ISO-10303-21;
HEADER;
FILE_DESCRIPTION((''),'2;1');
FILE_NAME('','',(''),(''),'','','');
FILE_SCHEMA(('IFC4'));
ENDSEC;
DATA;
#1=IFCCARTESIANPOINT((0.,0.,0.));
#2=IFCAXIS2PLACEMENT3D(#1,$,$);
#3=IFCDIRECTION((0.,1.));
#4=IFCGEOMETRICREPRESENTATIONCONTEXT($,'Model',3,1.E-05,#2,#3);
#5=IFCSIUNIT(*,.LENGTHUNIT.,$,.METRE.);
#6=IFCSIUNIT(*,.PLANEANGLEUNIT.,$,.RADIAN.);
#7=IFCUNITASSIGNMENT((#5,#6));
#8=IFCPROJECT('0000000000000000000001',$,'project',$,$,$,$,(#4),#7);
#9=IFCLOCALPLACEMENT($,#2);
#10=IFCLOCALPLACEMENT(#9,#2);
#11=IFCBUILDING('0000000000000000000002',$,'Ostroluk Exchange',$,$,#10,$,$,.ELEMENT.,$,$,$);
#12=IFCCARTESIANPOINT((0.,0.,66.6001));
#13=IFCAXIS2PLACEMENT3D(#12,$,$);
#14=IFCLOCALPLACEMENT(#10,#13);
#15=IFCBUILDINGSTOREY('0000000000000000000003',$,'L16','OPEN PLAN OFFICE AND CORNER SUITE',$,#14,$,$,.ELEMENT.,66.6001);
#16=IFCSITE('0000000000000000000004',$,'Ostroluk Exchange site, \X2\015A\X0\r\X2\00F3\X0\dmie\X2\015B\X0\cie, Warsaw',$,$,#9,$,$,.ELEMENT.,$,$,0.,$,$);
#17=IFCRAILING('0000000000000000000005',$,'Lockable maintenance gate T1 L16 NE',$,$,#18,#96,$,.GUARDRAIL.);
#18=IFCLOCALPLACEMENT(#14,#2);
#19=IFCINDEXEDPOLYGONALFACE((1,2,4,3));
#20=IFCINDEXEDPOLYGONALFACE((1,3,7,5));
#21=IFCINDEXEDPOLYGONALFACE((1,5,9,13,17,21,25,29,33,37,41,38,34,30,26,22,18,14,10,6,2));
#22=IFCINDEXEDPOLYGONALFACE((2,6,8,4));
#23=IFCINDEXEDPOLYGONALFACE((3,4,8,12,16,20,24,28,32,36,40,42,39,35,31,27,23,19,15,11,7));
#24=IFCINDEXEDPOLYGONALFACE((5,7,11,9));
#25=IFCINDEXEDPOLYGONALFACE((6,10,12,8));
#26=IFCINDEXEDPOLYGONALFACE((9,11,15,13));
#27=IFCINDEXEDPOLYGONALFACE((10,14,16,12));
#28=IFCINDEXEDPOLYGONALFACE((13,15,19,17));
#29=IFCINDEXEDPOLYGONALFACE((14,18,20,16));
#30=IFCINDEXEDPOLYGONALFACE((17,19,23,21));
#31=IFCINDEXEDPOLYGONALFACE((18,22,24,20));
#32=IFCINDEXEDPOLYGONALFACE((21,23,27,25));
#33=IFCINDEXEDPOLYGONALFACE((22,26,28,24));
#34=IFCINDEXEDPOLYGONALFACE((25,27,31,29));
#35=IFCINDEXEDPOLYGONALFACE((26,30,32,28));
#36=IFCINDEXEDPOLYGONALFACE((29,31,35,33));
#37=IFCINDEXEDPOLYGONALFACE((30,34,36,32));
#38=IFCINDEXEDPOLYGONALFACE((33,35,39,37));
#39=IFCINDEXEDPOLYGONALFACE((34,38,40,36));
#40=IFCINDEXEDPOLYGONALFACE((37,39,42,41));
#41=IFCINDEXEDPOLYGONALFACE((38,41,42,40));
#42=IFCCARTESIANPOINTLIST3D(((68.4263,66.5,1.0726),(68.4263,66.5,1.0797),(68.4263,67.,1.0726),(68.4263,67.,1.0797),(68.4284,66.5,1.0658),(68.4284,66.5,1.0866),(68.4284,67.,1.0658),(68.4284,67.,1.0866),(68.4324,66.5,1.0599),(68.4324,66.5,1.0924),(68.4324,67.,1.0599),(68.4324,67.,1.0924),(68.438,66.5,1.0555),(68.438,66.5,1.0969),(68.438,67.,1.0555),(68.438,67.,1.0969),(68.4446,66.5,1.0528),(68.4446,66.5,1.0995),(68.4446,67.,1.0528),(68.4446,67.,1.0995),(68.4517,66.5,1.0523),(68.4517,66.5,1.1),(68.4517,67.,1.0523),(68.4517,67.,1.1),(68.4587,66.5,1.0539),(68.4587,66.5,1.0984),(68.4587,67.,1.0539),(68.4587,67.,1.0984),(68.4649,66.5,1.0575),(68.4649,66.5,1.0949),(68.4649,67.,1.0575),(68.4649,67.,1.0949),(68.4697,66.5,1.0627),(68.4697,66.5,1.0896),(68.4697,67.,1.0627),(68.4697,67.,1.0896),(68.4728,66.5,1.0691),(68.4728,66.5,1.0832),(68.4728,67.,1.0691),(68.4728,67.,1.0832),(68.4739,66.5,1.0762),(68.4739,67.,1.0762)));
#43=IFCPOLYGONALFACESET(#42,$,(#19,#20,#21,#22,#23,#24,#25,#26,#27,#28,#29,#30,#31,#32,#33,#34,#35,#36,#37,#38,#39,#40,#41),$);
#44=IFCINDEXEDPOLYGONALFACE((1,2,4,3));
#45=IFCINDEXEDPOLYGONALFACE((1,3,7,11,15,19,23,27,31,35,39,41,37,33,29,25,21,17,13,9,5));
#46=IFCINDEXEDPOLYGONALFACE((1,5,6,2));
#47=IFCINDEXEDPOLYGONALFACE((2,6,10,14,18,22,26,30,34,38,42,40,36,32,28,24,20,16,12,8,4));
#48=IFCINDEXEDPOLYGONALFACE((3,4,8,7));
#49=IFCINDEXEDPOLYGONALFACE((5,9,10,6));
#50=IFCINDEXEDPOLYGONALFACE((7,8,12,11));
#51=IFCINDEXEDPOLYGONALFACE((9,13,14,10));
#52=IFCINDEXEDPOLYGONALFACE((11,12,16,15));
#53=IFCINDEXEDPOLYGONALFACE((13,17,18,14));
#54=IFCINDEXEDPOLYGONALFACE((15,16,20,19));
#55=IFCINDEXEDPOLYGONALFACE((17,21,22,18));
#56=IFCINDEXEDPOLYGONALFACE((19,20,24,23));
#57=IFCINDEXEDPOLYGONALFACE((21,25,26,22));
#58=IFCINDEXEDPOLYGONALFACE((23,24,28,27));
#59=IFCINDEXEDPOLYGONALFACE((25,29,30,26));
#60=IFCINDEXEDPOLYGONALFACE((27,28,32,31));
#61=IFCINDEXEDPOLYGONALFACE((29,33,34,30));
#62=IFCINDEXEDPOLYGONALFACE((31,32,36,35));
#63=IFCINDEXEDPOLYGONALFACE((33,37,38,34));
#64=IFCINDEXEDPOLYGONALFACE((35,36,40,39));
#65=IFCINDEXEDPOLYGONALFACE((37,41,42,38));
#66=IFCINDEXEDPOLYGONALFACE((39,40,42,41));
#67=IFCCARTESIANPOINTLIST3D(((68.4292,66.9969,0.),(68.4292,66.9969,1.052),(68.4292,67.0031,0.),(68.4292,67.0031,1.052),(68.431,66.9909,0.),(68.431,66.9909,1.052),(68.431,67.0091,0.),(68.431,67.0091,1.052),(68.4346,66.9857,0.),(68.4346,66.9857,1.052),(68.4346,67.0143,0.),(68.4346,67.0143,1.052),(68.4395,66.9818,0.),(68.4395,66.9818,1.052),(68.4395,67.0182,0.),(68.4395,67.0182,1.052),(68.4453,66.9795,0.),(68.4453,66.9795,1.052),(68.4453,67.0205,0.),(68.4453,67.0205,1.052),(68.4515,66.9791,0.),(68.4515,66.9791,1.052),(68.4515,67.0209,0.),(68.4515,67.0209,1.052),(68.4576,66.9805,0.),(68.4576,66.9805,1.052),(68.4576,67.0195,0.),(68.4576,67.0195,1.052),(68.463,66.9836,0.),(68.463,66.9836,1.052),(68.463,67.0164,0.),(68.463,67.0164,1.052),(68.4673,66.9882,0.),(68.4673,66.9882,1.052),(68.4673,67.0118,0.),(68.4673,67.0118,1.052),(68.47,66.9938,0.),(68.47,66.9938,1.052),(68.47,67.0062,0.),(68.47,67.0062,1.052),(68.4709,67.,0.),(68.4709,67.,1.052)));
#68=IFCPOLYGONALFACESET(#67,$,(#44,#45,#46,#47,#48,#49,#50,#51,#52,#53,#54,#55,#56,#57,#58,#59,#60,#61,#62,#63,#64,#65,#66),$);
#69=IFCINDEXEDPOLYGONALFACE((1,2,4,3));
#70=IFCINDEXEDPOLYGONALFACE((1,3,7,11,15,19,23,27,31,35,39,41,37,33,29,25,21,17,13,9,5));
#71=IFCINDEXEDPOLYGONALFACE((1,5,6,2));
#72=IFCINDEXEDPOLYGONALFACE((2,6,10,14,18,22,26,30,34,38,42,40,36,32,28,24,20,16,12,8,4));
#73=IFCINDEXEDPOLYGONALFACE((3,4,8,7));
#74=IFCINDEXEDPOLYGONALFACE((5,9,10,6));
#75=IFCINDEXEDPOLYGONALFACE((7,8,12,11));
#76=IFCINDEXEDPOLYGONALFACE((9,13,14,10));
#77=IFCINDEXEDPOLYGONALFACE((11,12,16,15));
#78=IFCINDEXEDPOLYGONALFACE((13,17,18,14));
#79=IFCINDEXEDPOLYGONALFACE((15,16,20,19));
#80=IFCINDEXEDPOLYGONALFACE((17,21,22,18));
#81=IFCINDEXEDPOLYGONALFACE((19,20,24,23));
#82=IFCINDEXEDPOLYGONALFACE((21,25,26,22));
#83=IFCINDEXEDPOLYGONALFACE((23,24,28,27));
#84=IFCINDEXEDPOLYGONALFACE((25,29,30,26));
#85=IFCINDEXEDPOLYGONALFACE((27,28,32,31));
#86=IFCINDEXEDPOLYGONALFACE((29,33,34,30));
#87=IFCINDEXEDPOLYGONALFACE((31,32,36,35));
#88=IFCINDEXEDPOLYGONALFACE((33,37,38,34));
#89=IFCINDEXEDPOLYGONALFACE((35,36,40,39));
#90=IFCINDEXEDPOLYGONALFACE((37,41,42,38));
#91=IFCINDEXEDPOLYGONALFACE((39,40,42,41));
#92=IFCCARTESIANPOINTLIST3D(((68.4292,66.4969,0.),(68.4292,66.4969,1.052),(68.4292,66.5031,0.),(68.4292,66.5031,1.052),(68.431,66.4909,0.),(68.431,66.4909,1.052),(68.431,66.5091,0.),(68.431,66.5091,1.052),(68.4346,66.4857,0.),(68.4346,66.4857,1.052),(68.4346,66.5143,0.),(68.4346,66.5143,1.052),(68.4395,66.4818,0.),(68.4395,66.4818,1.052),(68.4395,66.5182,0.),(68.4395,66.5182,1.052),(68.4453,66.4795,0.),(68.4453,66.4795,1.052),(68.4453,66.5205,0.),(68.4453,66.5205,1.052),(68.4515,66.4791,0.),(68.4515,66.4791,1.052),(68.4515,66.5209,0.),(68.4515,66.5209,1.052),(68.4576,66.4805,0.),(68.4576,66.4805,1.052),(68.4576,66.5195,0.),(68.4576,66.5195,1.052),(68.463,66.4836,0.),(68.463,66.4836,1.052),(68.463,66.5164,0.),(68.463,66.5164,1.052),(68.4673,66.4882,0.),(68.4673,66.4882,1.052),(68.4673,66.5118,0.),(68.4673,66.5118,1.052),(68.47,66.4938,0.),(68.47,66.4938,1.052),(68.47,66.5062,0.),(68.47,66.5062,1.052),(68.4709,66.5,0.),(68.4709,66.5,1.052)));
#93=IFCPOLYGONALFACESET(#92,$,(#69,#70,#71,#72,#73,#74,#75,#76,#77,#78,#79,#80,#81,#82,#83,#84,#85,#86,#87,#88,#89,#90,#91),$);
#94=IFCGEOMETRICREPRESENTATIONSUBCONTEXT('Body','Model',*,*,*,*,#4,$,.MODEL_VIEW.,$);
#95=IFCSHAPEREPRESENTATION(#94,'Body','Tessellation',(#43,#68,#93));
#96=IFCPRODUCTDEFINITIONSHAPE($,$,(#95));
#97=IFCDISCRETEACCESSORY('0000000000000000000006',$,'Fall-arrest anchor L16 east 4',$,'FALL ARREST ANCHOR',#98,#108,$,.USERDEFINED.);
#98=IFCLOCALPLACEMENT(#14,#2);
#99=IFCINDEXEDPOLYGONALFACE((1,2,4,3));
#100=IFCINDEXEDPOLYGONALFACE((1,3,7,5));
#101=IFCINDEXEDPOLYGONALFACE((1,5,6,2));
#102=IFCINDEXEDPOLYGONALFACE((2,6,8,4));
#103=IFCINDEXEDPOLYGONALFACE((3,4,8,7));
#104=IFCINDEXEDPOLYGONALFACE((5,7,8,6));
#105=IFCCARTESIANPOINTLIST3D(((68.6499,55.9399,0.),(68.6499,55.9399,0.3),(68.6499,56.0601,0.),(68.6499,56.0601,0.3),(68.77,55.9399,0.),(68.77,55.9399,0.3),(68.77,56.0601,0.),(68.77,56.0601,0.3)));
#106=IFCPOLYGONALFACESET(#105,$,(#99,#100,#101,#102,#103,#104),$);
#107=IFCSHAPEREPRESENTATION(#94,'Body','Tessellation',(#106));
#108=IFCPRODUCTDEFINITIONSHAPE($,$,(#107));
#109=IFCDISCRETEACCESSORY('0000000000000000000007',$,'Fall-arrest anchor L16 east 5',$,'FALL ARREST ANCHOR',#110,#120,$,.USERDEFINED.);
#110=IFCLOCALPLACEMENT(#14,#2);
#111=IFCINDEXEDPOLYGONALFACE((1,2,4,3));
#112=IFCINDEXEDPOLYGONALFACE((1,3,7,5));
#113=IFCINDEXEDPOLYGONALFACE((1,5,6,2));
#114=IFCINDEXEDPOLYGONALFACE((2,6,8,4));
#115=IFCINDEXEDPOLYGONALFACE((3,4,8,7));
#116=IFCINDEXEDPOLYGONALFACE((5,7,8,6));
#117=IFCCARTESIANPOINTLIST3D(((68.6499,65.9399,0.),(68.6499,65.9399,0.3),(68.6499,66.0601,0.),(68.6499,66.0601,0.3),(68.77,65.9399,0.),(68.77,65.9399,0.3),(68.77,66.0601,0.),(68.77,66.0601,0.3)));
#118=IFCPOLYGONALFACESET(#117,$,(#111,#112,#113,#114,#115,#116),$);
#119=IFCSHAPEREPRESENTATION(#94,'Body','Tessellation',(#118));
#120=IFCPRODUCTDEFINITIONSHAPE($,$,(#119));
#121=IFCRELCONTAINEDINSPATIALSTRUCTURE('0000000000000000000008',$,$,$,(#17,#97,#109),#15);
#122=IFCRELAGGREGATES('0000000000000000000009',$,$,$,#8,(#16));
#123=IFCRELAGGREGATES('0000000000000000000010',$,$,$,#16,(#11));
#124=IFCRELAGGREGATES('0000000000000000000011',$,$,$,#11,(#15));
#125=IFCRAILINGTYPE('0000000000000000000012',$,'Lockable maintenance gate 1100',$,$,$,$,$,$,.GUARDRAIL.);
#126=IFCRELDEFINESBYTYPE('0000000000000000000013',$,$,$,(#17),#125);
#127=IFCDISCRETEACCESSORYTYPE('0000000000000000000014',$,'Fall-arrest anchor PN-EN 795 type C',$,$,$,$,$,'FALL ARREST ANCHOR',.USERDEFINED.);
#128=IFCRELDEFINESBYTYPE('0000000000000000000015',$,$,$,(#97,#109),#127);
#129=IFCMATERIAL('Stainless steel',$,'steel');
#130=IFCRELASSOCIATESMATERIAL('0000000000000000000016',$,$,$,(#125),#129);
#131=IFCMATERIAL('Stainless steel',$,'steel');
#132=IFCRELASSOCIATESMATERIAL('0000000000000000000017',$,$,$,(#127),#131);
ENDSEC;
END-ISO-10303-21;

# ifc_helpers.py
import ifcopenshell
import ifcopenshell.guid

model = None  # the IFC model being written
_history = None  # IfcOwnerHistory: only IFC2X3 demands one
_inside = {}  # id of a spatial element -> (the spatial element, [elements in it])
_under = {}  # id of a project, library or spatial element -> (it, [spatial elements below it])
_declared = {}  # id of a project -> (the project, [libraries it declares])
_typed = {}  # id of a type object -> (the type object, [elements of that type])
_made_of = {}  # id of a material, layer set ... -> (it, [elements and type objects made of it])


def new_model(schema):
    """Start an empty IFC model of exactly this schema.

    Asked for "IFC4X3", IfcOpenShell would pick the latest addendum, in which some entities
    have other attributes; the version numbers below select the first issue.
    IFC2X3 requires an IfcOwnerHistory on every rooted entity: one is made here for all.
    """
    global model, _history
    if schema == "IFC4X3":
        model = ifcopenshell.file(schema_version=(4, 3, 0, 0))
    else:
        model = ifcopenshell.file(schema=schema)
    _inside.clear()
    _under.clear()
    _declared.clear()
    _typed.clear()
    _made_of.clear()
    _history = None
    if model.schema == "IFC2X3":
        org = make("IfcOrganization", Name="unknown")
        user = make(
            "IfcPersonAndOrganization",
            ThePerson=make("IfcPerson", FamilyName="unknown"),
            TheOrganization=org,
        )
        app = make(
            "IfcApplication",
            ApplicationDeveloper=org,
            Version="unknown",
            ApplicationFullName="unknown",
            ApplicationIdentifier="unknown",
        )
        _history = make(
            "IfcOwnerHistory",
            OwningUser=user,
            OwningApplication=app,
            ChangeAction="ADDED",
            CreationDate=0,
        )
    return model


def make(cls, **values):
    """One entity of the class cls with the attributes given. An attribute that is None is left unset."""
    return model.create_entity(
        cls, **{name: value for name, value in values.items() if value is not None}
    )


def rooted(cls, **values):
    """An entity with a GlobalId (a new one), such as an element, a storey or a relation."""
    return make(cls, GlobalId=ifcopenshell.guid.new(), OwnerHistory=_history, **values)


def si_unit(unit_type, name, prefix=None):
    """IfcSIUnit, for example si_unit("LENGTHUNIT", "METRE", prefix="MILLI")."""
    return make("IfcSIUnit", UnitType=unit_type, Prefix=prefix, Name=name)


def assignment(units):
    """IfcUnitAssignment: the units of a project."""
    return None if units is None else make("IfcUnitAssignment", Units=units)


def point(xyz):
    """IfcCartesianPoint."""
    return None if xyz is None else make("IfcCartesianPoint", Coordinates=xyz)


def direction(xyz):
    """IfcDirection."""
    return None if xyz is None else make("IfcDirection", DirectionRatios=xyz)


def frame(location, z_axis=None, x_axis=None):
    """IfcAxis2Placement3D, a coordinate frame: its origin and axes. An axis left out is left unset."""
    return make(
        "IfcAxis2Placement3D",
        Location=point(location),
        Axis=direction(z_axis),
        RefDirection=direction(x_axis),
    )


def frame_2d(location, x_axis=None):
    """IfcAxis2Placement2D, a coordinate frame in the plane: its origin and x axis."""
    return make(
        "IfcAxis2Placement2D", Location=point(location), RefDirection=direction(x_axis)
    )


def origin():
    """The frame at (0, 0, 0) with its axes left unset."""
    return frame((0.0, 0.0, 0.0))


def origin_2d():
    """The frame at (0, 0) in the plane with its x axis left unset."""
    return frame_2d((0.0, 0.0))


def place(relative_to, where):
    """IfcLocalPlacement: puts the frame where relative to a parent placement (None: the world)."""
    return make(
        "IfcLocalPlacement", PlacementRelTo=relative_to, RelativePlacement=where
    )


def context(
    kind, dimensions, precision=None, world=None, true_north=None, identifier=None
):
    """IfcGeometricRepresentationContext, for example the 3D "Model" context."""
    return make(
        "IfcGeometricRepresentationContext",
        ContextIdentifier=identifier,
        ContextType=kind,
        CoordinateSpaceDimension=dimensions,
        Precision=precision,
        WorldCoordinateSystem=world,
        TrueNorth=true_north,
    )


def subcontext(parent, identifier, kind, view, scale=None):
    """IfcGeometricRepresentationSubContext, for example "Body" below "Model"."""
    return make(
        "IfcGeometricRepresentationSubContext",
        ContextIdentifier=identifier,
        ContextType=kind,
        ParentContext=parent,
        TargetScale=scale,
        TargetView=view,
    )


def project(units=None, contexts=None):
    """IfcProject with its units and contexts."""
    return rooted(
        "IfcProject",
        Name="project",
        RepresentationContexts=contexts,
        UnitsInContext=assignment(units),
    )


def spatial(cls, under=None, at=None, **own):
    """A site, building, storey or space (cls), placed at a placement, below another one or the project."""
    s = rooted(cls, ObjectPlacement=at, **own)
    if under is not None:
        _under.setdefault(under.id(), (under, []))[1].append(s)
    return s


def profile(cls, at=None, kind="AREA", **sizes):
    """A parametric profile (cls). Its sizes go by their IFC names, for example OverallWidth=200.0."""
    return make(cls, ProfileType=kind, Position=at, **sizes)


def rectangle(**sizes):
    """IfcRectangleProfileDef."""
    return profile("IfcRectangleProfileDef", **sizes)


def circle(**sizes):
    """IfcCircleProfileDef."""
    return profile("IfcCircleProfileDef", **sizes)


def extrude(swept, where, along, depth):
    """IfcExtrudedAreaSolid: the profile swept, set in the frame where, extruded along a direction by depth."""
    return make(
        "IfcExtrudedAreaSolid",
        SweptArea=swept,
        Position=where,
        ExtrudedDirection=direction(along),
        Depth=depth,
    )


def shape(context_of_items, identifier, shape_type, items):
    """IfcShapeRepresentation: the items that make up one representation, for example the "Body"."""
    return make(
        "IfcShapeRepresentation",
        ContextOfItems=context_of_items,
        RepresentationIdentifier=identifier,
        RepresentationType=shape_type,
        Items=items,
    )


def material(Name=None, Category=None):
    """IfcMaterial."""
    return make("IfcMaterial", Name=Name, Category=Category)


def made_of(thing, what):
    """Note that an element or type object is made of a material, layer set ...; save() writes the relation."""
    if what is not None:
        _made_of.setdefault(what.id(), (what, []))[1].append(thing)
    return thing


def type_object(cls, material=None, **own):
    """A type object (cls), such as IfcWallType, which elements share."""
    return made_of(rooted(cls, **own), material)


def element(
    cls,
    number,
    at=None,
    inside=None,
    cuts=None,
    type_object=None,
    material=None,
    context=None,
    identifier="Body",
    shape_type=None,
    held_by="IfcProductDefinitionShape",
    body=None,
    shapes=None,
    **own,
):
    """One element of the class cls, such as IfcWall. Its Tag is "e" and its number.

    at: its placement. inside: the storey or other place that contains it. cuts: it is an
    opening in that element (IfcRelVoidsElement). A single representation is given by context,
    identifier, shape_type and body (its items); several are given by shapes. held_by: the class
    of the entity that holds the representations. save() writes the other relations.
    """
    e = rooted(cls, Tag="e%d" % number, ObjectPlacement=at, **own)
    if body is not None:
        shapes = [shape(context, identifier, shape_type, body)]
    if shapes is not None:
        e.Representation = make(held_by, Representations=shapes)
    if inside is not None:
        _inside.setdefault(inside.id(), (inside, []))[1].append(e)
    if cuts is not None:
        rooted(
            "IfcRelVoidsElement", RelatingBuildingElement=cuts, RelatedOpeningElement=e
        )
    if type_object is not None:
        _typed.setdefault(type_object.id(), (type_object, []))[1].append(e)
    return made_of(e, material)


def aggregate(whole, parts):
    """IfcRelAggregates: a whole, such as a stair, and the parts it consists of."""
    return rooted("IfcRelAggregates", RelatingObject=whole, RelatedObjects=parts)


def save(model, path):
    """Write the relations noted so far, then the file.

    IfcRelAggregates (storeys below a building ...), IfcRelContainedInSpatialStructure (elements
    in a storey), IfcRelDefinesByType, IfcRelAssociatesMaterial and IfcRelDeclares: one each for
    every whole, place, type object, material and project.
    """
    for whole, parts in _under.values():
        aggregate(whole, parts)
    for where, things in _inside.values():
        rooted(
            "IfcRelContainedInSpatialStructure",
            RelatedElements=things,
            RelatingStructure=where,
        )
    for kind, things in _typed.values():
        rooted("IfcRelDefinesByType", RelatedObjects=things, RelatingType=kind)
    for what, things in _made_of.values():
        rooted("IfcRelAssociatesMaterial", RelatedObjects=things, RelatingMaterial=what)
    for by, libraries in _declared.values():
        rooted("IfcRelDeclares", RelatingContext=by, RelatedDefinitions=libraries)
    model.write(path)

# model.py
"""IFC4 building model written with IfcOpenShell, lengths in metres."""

from ifc_helpers import new_model, si_unit, direction, frame, origin, origin_2d, place, context, subcontext, project, spatial, rectangle, circle, extrude, material, type_object, element, save


model = new_model("IFC4")

# Units and contexts
model_context = context("Model", 3, precision=1e-05, world=origin(), true_north=direction((0.0, 1.0)))
body_context = subcontext(model_context, "Body", "Model", "MODEL_VIEW")
ifc_project = project(units=[si_unit("LENGTHUNIT", "METRE"), si_unit("PLANEANGLEUNIT", "RADIAN")], contexts=[model_context])

# Site, building, storey
site_placement = place(None, origin())
site = spatial("IfcSite", under=ifc_project, at=site_placement, Name="Ostroluk Exchange site, Śródmieście, Warsaw", CompositionType="ELEMENT", RefElevation=0.0)
building_placement = place(site_placement, origin())
building = spatial("IfcBuilding", under=site, at=building_placement, Name="Ostroluk Exchange", CompositionType="ELEMENT")
storey_placement = place(building_placement, frame((0.0, 0.0, 66.6001)))
storey = spatial("IfcBuildingStorey", under=building, at=storey_placement, Name="L16", Description="OPEN PLAN OFFICE AND CORNER SUITE", CompositionType="ELEMENT", Elevation=66.6001)

# Railing
ifc_material_1 = material(Name="Stainless steel", Category="steel")
railing_type = type_object("IfcRailingType", Name="Lockable maintenance gate 1100", PredefinedType="GUARDRAIL", material=ifc_material_1)
railing_placement = place(storey_placement, frame((68.45, 67.0, 0.0)))
element("IfcRailing", 1, at=railing_placement, inside=storey, type_object=railing_type, Name="Lockable maintenance gate T1 L16 NE", PredefinedType="GUARDRAIL", context=body_context, shape_type="SweptSolid", body=[
    extrude(circle(Radius=0.0239, at=origin_2d()), frame((0.0, 0.0, 1.0762), z_axis=(0.0, -1.0, 0.0), x_axis=(1.0, 0.0, 0.0)), (0.0, 0.0, 1.0), 0.5),
    extrude(circle(Radius=0.021, at=origin_2d()), origin(), (0.0, 0.0, 1.0), 1.052),
    extrude(circle(Radius=0.021, at=origin_2d()), frame((0.0, -0.5, 0.0)), (0.0, 0.0, 1.0), 1.052),
])

# Discrete accessories
ifc_material_2 = material(Name="Stainless steel", Category="steel")
discrete_accessory_type = type_object("IfcDiscreteAccessoryType", Name="Fall-arrest anchor PN-EN 795 type C", ElementType="FALL ARREST ANCHOR", PredefinedType="USERDEFINED", material=ifc_material_2)
for number, where, z_axis, x_axis, name in (
    (2, (68.71, 56.0, 0.0), (0.0, 0.0, 1.0), (1.0, 0.0, 0.0), "Fall-arrest anchor L16 east 4"),
    (3, (68.71, 66.0, 0.0), (0.0, 0.0, 1.0), (1.0, 0.0, 0.0), "Fall-arrest anchor L16 east 5"),
):
    element("IfcDiscreteAccessory", number, at=place(storey_placement, frame(where, z_axis=z_axis, x_axis=x_axis)), inside=storey, type_object=discrete_accessory_type, Name=name, ObjectType="FALL ARREST ANCHOR", PredefinedType="USERDEFINED", context=body_context, shape_type="SweptSolid", body=[
        extrude(rectangle(XDim=0.1201, YDim=0.1201, at=origin_2d()), origin(), (0.0, 0.0, 1.0), 0.3),
    ])

save(model, "model.ifc")
